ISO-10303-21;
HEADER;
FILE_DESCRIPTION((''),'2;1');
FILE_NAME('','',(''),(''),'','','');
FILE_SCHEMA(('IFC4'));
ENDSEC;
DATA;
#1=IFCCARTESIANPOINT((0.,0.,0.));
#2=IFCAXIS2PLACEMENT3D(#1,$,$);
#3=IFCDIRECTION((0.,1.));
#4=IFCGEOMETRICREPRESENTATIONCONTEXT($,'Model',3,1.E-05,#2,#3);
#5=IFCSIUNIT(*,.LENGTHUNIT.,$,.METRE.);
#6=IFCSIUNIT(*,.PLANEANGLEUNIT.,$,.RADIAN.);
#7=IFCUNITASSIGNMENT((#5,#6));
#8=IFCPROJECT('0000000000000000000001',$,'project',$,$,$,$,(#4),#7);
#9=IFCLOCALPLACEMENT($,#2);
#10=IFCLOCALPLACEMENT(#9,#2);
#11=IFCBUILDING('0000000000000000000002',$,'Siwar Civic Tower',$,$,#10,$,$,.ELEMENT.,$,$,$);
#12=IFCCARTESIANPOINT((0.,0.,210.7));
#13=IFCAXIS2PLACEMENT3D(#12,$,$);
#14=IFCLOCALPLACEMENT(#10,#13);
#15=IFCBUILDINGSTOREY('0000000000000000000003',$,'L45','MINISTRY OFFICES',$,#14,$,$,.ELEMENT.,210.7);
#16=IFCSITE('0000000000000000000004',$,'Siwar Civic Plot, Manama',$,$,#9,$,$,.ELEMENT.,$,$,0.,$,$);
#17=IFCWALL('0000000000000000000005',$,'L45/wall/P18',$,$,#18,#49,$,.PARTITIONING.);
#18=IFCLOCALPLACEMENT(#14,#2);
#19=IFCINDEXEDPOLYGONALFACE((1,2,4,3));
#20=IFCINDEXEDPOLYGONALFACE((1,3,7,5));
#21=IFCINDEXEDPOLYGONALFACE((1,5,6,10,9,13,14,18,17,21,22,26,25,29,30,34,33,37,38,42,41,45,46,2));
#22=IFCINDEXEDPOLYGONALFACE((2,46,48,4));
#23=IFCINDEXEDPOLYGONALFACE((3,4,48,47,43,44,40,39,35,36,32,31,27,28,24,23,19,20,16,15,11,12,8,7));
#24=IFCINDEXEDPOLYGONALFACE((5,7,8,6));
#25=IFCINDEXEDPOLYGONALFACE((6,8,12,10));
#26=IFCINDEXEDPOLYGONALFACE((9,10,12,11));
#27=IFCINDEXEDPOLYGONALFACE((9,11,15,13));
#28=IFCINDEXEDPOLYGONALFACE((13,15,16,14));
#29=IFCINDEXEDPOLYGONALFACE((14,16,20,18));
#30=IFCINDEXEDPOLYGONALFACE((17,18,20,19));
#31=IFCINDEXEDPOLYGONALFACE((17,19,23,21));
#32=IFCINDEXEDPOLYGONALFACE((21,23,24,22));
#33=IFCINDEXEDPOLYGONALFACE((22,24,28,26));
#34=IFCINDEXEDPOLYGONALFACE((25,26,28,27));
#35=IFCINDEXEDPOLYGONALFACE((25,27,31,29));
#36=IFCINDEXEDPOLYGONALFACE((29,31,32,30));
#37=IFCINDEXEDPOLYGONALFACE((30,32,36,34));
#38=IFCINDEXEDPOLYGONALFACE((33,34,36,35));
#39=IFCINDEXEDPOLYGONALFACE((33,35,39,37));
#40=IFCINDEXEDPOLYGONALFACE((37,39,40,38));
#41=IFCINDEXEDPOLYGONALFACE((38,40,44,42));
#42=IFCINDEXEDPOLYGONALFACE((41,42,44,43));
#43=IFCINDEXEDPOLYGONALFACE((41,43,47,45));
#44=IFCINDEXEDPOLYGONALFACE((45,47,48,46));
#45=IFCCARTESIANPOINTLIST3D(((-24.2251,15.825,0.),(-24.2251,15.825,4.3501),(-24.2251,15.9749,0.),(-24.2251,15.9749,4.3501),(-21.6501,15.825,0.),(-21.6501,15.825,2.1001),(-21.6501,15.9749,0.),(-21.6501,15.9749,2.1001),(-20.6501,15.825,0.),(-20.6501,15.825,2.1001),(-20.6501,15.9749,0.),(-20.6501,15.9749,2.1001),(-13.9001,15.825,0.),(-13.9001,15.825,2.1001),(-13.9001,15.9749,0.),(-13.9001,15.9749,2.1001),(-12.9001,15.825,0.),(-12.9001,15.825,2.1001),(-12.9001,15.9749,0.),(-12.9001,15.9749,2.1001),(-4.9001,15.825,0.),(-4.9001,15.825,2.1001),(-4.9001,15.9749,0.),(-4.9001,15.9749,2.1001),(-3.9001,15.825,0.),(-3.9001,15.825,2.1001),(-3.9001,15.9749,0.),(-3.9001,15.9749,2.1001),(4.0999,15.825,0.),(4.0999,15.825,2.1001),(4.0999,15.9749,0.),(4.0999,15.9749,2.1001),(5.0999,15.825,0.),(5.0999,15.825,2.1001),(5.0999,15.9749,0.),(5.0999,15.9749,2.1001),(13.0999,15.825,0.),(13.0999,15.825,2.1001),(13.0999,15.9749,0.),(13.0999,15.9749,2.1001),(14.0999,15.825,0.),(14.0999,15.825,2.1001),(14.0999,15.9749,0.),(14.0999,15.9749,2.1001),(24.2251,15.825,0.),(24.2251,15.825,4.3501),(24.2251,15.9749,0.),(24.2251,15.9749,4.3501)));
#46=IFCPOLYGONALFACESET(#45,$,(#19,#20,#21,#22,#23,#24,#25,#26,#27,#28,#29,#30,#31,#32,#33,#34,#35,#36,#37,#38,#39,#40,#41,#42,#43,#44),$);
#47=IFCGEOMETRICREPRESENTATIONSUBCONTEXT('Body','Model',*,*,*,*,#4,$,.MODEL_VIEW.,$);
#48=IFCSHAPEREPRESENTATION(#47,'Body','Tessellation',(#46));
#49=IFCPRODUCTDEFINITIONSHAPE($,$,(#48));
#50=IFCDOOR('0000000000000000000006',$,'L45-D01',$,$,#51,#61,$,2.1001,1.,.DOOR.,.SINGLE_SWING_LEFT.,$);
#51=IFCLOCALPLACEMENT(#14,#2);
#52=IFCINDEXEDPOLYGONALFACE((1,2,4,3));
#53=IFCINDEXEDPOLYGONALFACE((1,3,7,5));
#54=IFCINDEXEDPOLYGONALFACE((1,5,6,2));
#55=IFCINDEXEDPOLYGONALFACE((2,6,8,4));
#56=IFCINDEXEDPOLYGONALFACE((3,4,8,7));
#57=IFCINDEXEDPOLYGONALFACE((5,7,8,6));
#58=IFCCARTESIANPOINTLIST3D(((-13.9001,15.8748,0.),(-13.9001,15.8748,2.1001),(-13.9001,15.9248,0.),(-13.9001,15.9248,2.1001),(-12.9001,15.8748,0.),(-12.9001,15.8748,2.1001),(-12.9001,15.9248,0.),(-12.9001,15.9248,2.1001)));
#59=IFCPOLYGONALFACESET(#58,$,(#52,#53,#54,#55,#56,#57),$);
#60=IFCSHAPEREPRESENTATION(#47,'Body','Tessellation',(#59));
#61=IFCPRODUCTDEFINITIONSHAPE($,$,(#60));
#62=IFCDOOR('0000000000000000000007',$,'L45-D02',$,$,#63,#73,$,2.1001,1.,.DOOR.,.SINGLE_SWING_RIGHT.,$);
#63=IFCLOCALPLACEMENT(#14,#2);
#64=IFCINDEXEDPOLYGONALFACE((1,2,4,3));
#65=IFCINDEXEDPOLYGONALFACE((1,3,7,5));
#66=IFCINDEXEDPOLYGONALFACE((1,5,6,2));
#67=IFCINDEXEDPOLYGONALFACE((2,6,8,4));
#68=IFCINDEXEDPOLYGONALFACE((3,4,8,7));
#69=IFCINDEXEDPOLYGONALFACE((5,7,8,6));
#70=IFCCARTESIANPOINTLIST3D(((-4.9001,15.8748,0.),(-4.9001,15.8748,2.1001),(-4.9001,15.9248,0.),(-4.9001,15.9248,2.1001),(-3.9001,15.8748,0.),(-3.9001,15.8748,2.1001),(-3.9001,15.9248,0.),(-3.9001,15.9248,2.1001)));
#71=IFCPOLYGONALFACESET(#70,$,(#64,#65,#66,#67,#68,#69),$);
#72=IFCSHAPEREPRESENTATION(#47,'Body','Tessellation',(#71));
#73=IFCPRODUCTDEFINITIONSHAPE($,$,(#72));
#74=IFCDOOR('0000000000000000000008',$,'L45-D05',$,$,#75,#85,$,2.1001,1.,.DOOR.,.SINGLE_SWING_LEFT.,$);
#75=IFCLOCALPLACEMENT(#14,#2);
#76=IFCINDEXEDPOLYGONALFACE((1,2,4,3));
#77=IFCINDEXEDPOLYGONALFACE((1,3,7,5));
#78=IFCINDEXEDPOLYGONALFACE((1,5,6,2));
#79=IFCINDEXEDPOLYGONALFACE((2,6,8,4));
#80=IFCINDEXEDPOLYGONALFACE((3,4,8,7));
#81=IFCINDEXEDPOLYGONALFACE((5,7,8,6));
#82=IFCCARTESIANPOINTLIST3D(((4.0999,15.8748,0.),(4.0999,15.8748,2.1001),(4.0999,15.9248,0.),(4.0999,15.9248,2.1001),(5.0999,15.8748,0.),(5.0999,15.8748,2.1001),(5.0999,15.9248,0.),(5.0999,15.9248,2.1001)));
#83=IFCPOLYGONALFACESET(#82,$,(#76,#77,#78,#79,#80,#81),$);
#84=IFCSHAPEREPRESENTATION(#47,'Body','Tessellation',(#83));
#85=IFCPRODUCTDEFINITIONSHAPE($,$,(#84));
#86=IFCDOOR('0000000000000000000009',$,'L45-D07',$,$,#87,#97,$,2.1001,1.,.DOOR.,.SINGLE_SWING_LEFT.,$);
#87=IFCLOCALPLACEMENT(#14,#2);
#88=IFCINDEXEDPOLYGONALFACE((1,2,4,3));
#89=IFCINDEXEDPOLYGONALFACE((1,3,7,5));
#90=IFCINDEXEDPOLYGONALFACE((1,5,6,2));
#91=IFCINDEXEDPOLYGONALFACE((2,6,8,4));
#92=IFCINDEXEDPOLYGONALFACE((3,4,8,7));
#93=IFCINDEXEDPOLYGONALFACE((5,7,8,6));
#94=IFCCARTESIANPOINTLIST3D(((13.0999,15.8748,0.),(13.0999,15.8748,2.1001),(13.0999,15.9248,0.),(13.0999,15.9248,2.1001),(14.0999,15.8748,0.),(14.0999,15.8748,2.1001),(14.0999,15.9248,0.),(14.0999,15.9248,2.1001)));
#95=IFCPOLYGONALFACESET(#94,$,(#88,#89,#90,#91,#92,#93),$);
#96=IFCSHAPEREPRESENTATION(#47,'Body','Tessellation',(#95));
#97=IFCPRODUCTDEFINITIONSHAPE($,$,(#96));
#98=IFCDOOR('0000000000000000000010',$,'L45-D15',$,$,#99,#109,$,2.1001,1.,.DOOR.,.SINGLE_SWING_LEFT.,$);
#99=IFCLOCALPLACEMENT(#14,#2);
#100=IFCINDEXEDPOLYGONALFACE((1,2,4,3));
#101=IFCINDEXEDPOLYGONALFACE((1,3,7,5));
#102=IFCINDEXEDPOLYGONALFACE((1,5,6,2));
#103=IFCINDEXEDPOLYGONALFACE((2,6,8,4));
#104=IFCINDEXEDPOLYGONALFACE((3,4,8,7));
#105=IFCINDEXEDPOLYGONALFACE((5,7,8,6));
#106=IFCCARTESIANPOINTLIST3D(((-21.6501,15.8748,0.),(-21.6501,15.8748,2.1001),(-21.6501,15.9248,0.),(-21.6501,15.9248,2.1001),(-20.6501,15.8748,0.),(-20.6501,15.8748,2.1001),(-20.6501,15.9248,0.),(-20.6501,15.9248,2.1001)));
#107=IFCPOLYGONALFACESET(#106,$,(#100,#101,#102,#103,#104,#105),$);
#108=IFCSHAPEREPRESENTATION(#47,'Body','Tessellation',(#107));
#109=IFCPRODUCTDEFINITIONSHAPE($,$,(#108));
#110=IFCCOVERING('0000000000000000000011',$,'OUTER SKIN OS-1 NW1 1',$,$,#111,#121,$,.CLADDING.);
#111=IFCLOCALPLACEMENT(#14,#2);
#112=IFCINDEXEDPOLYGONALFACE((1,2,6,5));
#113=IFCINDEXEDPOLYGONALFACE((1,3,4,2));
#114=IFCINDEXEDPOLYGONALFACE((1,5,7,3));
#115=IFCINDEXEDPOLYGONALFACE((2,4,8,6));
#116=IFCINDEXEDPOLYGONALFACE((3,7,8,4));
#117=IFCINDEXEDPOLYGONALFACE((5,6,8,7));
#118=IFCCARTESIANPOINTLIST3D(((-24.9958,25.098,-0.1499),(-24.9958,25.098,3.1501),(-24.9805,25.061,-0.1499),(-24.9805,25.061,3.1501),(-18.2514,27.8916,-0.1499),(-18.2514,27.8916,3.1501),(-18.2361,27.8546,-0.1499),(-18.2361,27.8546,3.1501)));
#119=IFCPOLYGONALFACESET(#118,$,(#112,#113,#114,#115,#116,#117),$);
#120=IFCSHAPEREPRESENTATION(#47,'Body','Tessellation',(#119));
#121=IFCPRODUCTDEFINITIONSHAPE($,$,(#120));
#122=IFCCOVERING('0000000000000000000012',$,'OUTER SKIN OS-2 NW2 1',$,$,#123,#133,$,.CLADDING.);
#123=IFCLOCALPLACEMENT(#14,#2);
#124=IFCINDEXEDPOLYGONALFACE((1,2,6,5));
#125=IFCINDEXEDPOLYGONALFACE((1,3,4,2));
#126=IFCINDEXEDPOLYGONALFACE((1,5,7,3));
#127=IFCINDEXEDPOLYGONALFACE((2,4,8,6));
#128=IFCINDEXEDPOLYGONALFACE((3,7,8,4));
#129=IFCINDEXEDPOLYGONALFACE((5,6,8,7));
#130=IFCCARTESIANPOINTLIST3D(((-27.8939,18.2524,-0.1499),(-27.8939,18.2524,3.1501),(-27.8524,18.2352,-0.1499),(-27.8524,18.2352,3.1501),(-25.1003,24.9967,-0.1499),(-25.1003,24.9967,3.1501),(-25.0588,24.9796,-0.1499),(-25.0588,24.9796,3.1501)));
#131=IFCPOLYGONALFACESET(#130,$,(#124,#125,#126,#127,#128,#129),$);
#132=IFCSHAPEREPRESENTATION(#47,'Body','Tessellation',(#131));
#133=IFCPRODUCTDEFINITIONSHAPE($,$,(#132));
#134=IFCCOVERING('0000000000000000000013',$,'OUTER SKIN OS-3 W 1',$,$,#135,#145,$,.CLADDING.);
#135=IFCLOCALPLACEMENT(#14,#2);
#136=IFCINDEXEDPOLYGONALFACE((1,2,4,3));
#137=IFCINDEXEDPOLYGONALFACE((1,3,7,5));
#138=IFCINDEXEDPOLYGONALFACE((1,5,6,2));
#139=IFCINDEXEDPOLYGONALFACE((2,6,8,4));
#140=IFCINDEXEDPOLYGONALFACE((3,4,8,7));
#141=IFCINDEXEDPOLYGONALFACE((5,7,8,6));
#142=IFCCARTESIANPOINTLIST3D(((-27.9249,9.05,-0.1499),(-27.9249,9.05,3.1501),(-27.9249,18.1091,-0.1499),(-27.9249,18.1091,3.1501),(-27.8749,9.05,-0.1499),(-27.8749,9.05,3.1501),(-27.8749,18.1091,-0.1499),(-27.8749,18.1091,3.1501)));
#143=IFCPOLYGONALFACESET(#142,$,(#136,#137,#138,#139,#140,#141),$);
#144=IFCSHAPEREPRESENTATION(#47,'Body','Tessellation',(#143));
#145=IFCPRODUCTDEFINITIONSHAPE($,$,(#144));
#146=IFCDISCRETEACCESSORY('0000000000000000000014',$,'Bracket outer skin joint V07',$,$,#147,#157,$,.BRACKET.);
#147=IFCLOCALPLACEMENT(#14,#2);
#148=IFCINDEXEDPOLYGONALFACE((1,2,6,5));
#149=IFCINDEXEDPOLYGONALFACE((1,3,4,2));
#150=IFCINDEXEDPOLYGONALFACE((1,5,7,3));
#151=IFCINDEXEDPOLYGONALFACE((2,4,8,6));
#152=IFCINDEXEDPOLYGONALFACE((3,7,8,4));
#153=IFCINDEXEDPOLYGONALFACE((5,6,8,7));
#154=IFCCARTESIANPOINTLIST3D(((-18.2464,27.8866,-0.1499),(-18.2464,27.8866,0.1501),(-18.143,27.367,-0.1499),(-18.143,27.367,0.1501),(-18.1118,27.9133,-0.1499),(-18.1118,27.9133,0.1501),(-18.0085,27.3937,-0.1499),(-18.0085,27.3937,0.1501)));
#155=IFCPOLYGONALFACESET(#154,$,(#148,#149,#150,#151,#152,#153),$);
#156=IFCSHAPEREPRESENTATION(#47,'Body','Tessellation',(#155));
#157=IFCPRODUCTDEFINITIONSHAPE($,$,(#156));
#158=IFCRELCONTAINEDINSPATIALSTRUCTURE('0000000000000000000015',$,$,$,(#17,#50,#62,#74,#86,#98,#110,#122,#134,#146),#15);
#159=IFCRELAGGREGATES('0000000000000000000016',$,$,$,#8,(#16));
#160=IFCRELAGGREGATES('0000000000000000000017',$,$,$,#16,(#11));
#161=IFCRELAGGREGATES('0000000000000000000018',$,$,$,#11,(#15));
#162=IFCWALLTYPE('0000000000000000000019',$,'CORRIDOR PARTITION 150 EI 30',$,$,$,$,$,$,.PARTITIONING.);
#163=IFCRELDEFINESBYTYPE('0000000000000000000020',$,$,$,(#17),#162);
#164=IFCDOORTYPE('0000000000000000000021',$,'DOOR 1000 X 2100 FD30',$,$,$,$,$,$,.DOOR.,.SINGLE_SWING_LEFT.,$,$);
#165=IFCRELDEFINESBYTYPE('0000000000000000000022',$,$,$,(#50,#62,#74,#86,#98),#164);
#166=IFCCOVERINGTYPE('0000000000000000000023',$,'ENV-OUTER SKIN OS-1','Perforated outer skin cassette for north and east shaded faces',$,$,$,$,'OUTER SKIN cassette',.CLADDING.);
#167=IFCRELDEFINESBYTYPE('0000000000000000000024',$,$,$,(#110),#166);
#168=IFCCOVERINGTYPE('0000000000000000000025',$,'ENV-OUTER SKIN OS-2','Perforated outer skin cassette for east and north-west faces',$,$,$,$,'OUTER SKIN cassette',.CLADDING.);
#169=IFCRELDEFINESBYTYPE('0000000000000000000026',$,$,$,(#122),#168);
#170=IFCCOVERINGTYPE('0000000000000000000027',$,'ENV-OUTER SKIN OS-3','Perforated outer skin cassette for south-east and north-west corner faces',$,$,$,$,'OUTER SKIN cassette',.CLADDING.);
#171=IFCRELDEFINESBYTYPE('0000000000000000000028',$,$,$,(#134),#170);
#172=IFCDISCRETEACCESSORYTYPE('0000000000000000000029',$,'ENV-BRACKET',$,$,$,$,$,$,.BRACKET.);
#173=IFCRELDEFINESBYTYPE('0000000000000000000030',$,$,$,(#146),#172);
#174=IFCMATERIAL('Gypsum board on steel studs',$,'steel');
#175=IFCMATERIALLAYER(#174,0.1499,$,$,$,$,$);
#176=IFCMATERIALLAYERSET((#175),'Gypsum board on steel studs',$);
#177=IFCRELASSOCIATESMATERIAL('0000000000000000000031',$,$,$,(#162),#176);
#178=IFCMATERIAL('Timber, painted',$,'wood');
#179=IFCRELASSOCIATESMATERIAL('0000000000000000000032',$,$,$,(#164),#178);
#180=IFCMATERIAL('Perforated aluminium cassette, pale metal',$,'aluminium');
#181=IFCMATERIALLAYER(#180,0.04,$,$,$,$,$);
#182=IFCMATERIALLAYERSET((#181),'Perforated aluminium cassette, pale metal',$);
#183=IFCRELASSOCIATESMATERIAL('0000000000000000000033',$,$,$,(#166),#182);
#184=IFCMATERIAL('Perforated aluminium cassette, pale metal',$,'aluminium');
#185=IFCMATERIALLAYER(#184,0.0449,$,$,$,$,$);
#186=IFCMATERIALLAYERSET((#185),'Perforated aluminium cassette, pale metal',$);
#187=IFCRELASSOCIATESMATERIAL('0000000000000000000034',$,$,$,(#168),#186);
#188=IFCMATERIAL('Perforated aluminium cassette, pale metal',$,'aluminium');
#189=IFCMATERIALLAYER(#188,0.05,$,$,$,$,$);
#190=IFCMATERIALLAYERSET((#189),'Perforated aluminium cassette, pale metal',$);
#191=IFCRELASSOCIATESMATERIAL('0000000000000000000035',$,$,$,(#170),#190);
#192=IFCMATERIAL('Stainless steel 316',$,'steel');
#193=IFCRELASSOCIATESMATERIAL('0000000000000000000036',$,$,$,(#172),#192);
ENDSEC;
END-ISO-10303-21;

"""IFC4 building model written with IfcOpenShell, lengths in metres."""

from ifc_helpers import new_model, si_unit, direction, frame, frame_2d, origin, origin_2d, place, context, subcontext, project, spatial, rectangle, extrude, material, layer, layer_set, type_object, element, fill, save


model = new_model("IFC4")

# Units and contexts
model_context = context("Model", 3, precision=1e-05, world=origin(), true_north=direction((0.0, 1.0)))
body_context = subcontext(model_context, "Body", "Model", "MODEL_VIEW")
ifc_project = project(units=[si_unit("LENGTHUNIT", "METRE"), si_unit("PLANEANGLEUNIT", "RADIAN")], contexts=[model_context])

# Site, building, storey
site_placement = place(None, origin())
site = spatial("IfcSite", under=ifc_project, at=site_placement, Name="Siwar Civic Plot, Manama", CompositionType="ELEMENT", RefElevation=0.0)
building_placement = place(site_placement, origin())
building = spatial("IfcBuilding", under=site, at=building_placement, Name="Siwar Civic Tower", CompositionType="ELEMENT")
storey_placement = place(building_placement, frame((0.0, 0.0, 210.7)))
storey = spatial("IfcBuildingStorey", under=building, at=storey_placement, Name="L45", Description="MINISTRY OFFICES", CompositionType="ELEMENT", Elevation=210.7)

# Wall, openings, doors
ifc_material_1 = material(Name="Gypsum board on steel studs", Category="steel")
ifc_layer_1 = layer(ifc_material_1, 0.1499)
ifc_layer_set_1 = layer_set([ifc_layer_1], Name="Gypsum board on steel studs")
wall_type = type_object("IfcWallType", Name="CORRIDOR PARTITION 150 EI 30", PredefinedType="PARTITIONING", material=ifc_layer_set_1)
wall_placement = place(storey_placement, frame((-24.2251, 15.8999, 0.0), z_axis=(0.0, 0.0, 1.0), x_axis=(1.0, 0.0, 0.0)))
wall = element("IfcWall", 1, at=wall_placement, inside=storey, type_object=wall_type, Name="L45/wall/P18", PredefinedType="PARTITIONING", context=body_context, shape_type="SweptSolid", body=[
    extrude(rectangle(XDim=48.4502, YDim=0.1499, at=frame_2d((24.2251, 0.0))), origin(), (0.0, 0.0, 1.0), 4.3501),
])
opening_1_placement = place(wall_placement, frame((10.325, 0.0, 0.0)))
opening_1 = element("IfcOpeningElement", 2, at=opening_1_placement, cuts=wall, PredefinedType="OPENING", context=body_context, shape_type="SweptSolid", body=[
    extrude(rectangle(XDim=1.0, YDim=2.1001, at=frame_2d((0.5, 1.05))), frame((0.0, 0.085, 0.0), z_axis=(0.0, -1.0, 0.0), x_axis=(1.0, 0.0, 0.0)), (0.0, 0.0, 1.0), 0.1699),
])
opening_2_placement = place(wall_placement, frame((19.325, 0.0, 0.0)))
opening_2 = element("IfcOpeningElement", 3, at=opening_2_placement, cuts=wall, PredefinedType="OPENING", context=body_context, shape_type="SweptSolid", body=[
    extrude(rectangle(XDim=1.0, YDim=2.1001, at=frame_2d((0.5, 1.05))), frame((0.0, 0.085, 0.0), z_axis=(0.0, -1.0, 0.0), x_axis=(1.0, 0.0, 0.0)), (0.0, 0.0, 1.0), 0.1699),
])
opening_3_placement = place(wall_placement, frame((28.325, 0.0, 0.0)))
opening_3 = element("IfcOpeningElement", 4, at=opening_3_placement, cuts=wall, PredefinedType="OPENING", context=body_context, shape_type="SweptSolid", body=[
    extrude(rectangle(XDim=1.0, YDim=2.1001, at=frame_2d((0.5, 1.05))), frame((0.0, 0.085, 0.0), z_axis=(0.0, -1.0, 0.0), x_axis=(1.0, 0.0, 0.0)), (0.0, 0.0, 1.0), 0.1699),
])
opening_4_placement = place(wall_placement, frame((37.325, 0.0, 0.0)))
opening_4 = element("IfcOpeningElement", 5, at=opening_4_placement, cuts=wall, PredefinedType="OPENING", context=body_context, shape_type="SweptSolid", body=[
    extrude(rectangle(XDim=1.0, YDim=2.1001, at=frame_2d((0.5, 1.05))), frame((0.0, 0.085, 0.0), z_axis=(0.0, -1.0, 0.0), x_axis=(1.0, 0.0, 0.0)), (0.0, 0.0, 1.0), 0.1699),
])
opening_5_placement = place(wall_placement, frame((2.575, 0.0, 0.0)))
opening_5 = element("IfcOpeningElement", 6, at=opening_5_placement, cuts=wall, PredefinedType="OPENING", context=body_context, shape_type="SweptSolid", body=[
    extrude(rectangle(XDim=1.0, YDim=2.1001, at=frame_2d((0.5, 1.05))), frame((0.0, 0.085, 0.0), z_axis=(0.0, -1.0, 0.0), x_axis=(1.0, 0.0, 0.0)), (0.0, 0.0, 1.0), 0.1699),
])
ifc_material_2 = material(Name="Timber, painted", Category="wood")
door_type = type_object("IfcDoorType", Name="DOOR 1000 X 2100 FD30", OperationType="SINGLE_SWING_LEFT", PredefinedType="DOOR", material=ifc_material_2)
door_1_placement = place(opening_1_placement, origin())
door_1 = element("IfcDoor", 7, at=door_1_placement, inside=storey, type_object=door_type, Name="L45-D01", OperationType="SINGLE_SWING_LEFT", OverallHeight=2.1001, OverallWidth=1.0, PredefinedType="DOOR", context=body_context, shape_type="SweptSolid", body=[
    extrude(rectangle(XDim=1.0, YDim=2.1001, at=frame_2d((0.5, 1.05))), frame((0.0, 0.0249, 0.0), z_axis=(0.0, -1.0, 0.0), x_axis=(1.0, 0.0, 0.0)), (0.0, 0.0, 1.0), 0.05),
])
fill(opening_1, door_1)
door_2_placement = place(opening_2_placement, origin())
door_2 = element("IfcDoor", 8, at=door_2_placement, inside=storey, type_object=door_type, Name="L45-D02", OperationType="SINGLE_SWING_RIGHT", OverallHeight=2.1001, OverallWidth=1.0, PredefinedType="DOOR", context=body_context, shape_type="SweptSolid", body=[
    extrude(rectangle(XDim=1.0, YDim=2.1001, at=frame_2d((0.5, 1.05))), frame((0.0, 0.0249, 0.0), z_axis=(0.0, -1.0, 0.0), x_axis=(1.0, 0.0, 0.0)), (0.0, 0.0, 1.0), 0.05),
])
fill(opening_2, door_2)
door_3_placement = place(opening_3_placement, origin())
door_3 = element("IfcDoor", 9, at=door_3_placement, inside=storey, type_object=door_type, Name="L45-D05", OperationType="SINGLE_SWING_LEFT", OverallHeight=2.1001, OverallWidth=1.0, PredefinedType="DOOR", context=body_context, shape_type="SweptSolid", body=[
    extrude(rectangle(XDim=1.0, YDim=2.1001, at=frame_2d((0.5, 1.05))), frame((0.0, 0.0249, 0.0), z_axis=(0.0, -1.0, 0.0), x_axis=(1.0, 0.0, 0.0)), (0.0, 0.0, 1.0), 0.05),
])
fill(opening_3, door_3)
door_4_placement = place(opening_4_placement, origin())
door_4 = element("IfcDoor", 10, at=door_4_placement, inside=storey, type_object=door_type, Name="L45-D07", OperationType="SINGLE_SWING_LEFT", OverallHeight=2.1001, OverallWidth=1.0, PredefinedType="DOOR", context=body_context, shape_type="SweptSolid", body=[
    extrude(rectangle(XDim=1.0, YDim=2.1001, at=frame_2d((0.5, 1.05))), frame((0.0, 0.0249, 0.0), z_axis=(0.0, -1.0, 0.0), x_axis=(1.0, 0.0, 0.0)), (0.0, 0.0, 1.0), 0.05),
])
fill(opening_4, door_4)
door_5_placement = place(opening_5_placement, origin())
door_5 = element("IfcDoor", 11, at=door_5_placement, inside=storey, type_object=door_type, Name="L45-D15", OperationType="SINGLE_SWING_LEFT", OverallHeight=2.1001, OverallWidth=1.0, PredefinedType="DOOR", context=body_context, shape_type="SweptSolid", body=[
    extrude(rectangle(XDim=1.0, YDim=2.1001, at=frame_2d((0.5, 1.05))), frame((0.0, 0.0249, 0.0), z_axis=(0.0, -1.0, 0.0), x_axis=(1.0, 0.0, 0.0)), (0.0, 0.0, 1.0), 0.05),
])
fill(opening_5, door_5)

# Coverings
ifc_material_3 = material(Name="Perforated aluminium cassette, pale metal", Category="aluminium")
ifc_layer_2 = layer(ifc_material_3, 0.04)
ifc_layer_set_2 = layer_set([ifc_layer_2], Name="Perforated aluminium cassette, pale metal")
covering_type_1 = type_object("IfcCoveringType", Name="ENV-OUTER SKIN OS-1", Description="Perforated outer skin cassette for north and east shaded faces", ElementType="OUTER SKIN cassette", PredefinedType="CLADDING", material=ifc_layer_set_2)
covering_1_placement = place(storey_placement, frame((-21.616, 26.4763, -0.1499), z_axis=(0.0, 0.0, 1.0), x_axis=(-0.92388, -0.382683, 0.0)))
element("IfcCovering", 12, at=covering_1_placement, inside=storey, type_object=covering_type_1, Name="OUTER SKIN OS-1 NW1 1", PredefinedType="CLADDING", context=body_context, shape_type="SweptSolid", body=[
    extrude(rectangle(XDim=7.3, YDim=0.04, at=origin_2d()), origin(), (0.0, 0.0, 1.0), 3.3),
])
ifc_material_4 = material(Name="Perforated aluminium cassette, pale metal", Category="aluminium")
ifc_layer_3 = layer(ifc_material_4, 0.0449)
ifc_layer_set_3 = layer_set([ifc_layer_3], Name="Perforated aluminium cassette, pale metal")
covering_type_2 = type_object("IfcCoveringType", Name="ENV-OUTER SKIN OS-2", Description="Perforated outer skin cassette for east and north-west faces", ElementType="OUTER SKIN cassette", PredefinedType="CLADDING", material=ifc_layer_set_3)
covering_2_placement = place(storey_placement, frame((-26.4763, 21.616, -0.1499), z_axis=(0.0, 0.0, 1.0), x_axis=(-0.382683, -0.92388, 0.0)))
element("IfcCovering", 13, at=covering_2_placement, inside=storey, type_object=covering_type_2, Name="OUTER SKIN OS-2 NW2 1", PredefinedType="CLADDING", context=body_context, shape_type="SweptSolid", body=[
    extrude(rectangle(XDim=7.3, YDim=0.0449, at=origin_2d()), origin(), (0.0, 0.0, 1.0), 3.3),
])
ifc_material_5 = material(Name="Perforated aluminium cassette, pale metal", Category="aluminium")
ifc_layer_4 = layer(ifc_material_5, 0.05)
ifc_layer_set_4 = layer_set([ifc_layer_4], Name="Perforated aluminium cassette, pale metal")
covering_type_3 = type_object("IfcCoveringType", Name="ENV-OUTER SKIN OS-3", Description="Perforated outer skin cassette for south-east and north-west corner faces", ElementType="OUTER SKIN cassette", PredefinedType="CLADDING", material=ifc_layer_set_4)
covering_3_placement = place(storey_placement, frame((-27.8999, 13.5796, -0.1499), z_axis=(0.0, 0.0, 1.0), x_axis=(0.0, -1.0, 0.0)))
element("IfcCovering", 14, at=covering_3_placement, inside=storey, type_object=covering_type_3, Name="OUTER SKIN OS-3 W 1", PredefinedType="CLADDING", context=body_context, shape_type="SweptSolid", body=[
    extrude(rectangle(XDim=9.0591, YDim=0.05, at=origin_2d()), origin(), (0.0, 0.0, 1.0), 3.3),
])

# Discrete accessory
ifc_material_6 = material(Name="Stainless steel 316", Category="steel")
discrete_accessory_type = type_object("IfcDiscreteAccessoryType", Name="ENV-BRACKET", PredefinedType="BRACKET", material=ifc_material_6)
discrete_accessory_1_placement = place(storey_placement, frame((-18.1274, 27.6401, -0.1499), z_axis=(0.0, 0.0, 1.0), x_axis=(-0.19509, 0.980785, 0.0)))
element("IfcDiscreteAccessory", 15, at=discrete_accessory_1_placement, inside=storey, type_object=discrete_accessory_type, Name="Bracket outer skin joint V07", PredefinedType="BRACKET", context=body_context, shape_type="SweptSolid", body=[
    extrude(rectangle(XDim=0.5298, YDim=0.1372, at=origin_2d()), origin(), (0.0, 0.0, 1.0), 0.3),
])

save(model, "model.ifc")
